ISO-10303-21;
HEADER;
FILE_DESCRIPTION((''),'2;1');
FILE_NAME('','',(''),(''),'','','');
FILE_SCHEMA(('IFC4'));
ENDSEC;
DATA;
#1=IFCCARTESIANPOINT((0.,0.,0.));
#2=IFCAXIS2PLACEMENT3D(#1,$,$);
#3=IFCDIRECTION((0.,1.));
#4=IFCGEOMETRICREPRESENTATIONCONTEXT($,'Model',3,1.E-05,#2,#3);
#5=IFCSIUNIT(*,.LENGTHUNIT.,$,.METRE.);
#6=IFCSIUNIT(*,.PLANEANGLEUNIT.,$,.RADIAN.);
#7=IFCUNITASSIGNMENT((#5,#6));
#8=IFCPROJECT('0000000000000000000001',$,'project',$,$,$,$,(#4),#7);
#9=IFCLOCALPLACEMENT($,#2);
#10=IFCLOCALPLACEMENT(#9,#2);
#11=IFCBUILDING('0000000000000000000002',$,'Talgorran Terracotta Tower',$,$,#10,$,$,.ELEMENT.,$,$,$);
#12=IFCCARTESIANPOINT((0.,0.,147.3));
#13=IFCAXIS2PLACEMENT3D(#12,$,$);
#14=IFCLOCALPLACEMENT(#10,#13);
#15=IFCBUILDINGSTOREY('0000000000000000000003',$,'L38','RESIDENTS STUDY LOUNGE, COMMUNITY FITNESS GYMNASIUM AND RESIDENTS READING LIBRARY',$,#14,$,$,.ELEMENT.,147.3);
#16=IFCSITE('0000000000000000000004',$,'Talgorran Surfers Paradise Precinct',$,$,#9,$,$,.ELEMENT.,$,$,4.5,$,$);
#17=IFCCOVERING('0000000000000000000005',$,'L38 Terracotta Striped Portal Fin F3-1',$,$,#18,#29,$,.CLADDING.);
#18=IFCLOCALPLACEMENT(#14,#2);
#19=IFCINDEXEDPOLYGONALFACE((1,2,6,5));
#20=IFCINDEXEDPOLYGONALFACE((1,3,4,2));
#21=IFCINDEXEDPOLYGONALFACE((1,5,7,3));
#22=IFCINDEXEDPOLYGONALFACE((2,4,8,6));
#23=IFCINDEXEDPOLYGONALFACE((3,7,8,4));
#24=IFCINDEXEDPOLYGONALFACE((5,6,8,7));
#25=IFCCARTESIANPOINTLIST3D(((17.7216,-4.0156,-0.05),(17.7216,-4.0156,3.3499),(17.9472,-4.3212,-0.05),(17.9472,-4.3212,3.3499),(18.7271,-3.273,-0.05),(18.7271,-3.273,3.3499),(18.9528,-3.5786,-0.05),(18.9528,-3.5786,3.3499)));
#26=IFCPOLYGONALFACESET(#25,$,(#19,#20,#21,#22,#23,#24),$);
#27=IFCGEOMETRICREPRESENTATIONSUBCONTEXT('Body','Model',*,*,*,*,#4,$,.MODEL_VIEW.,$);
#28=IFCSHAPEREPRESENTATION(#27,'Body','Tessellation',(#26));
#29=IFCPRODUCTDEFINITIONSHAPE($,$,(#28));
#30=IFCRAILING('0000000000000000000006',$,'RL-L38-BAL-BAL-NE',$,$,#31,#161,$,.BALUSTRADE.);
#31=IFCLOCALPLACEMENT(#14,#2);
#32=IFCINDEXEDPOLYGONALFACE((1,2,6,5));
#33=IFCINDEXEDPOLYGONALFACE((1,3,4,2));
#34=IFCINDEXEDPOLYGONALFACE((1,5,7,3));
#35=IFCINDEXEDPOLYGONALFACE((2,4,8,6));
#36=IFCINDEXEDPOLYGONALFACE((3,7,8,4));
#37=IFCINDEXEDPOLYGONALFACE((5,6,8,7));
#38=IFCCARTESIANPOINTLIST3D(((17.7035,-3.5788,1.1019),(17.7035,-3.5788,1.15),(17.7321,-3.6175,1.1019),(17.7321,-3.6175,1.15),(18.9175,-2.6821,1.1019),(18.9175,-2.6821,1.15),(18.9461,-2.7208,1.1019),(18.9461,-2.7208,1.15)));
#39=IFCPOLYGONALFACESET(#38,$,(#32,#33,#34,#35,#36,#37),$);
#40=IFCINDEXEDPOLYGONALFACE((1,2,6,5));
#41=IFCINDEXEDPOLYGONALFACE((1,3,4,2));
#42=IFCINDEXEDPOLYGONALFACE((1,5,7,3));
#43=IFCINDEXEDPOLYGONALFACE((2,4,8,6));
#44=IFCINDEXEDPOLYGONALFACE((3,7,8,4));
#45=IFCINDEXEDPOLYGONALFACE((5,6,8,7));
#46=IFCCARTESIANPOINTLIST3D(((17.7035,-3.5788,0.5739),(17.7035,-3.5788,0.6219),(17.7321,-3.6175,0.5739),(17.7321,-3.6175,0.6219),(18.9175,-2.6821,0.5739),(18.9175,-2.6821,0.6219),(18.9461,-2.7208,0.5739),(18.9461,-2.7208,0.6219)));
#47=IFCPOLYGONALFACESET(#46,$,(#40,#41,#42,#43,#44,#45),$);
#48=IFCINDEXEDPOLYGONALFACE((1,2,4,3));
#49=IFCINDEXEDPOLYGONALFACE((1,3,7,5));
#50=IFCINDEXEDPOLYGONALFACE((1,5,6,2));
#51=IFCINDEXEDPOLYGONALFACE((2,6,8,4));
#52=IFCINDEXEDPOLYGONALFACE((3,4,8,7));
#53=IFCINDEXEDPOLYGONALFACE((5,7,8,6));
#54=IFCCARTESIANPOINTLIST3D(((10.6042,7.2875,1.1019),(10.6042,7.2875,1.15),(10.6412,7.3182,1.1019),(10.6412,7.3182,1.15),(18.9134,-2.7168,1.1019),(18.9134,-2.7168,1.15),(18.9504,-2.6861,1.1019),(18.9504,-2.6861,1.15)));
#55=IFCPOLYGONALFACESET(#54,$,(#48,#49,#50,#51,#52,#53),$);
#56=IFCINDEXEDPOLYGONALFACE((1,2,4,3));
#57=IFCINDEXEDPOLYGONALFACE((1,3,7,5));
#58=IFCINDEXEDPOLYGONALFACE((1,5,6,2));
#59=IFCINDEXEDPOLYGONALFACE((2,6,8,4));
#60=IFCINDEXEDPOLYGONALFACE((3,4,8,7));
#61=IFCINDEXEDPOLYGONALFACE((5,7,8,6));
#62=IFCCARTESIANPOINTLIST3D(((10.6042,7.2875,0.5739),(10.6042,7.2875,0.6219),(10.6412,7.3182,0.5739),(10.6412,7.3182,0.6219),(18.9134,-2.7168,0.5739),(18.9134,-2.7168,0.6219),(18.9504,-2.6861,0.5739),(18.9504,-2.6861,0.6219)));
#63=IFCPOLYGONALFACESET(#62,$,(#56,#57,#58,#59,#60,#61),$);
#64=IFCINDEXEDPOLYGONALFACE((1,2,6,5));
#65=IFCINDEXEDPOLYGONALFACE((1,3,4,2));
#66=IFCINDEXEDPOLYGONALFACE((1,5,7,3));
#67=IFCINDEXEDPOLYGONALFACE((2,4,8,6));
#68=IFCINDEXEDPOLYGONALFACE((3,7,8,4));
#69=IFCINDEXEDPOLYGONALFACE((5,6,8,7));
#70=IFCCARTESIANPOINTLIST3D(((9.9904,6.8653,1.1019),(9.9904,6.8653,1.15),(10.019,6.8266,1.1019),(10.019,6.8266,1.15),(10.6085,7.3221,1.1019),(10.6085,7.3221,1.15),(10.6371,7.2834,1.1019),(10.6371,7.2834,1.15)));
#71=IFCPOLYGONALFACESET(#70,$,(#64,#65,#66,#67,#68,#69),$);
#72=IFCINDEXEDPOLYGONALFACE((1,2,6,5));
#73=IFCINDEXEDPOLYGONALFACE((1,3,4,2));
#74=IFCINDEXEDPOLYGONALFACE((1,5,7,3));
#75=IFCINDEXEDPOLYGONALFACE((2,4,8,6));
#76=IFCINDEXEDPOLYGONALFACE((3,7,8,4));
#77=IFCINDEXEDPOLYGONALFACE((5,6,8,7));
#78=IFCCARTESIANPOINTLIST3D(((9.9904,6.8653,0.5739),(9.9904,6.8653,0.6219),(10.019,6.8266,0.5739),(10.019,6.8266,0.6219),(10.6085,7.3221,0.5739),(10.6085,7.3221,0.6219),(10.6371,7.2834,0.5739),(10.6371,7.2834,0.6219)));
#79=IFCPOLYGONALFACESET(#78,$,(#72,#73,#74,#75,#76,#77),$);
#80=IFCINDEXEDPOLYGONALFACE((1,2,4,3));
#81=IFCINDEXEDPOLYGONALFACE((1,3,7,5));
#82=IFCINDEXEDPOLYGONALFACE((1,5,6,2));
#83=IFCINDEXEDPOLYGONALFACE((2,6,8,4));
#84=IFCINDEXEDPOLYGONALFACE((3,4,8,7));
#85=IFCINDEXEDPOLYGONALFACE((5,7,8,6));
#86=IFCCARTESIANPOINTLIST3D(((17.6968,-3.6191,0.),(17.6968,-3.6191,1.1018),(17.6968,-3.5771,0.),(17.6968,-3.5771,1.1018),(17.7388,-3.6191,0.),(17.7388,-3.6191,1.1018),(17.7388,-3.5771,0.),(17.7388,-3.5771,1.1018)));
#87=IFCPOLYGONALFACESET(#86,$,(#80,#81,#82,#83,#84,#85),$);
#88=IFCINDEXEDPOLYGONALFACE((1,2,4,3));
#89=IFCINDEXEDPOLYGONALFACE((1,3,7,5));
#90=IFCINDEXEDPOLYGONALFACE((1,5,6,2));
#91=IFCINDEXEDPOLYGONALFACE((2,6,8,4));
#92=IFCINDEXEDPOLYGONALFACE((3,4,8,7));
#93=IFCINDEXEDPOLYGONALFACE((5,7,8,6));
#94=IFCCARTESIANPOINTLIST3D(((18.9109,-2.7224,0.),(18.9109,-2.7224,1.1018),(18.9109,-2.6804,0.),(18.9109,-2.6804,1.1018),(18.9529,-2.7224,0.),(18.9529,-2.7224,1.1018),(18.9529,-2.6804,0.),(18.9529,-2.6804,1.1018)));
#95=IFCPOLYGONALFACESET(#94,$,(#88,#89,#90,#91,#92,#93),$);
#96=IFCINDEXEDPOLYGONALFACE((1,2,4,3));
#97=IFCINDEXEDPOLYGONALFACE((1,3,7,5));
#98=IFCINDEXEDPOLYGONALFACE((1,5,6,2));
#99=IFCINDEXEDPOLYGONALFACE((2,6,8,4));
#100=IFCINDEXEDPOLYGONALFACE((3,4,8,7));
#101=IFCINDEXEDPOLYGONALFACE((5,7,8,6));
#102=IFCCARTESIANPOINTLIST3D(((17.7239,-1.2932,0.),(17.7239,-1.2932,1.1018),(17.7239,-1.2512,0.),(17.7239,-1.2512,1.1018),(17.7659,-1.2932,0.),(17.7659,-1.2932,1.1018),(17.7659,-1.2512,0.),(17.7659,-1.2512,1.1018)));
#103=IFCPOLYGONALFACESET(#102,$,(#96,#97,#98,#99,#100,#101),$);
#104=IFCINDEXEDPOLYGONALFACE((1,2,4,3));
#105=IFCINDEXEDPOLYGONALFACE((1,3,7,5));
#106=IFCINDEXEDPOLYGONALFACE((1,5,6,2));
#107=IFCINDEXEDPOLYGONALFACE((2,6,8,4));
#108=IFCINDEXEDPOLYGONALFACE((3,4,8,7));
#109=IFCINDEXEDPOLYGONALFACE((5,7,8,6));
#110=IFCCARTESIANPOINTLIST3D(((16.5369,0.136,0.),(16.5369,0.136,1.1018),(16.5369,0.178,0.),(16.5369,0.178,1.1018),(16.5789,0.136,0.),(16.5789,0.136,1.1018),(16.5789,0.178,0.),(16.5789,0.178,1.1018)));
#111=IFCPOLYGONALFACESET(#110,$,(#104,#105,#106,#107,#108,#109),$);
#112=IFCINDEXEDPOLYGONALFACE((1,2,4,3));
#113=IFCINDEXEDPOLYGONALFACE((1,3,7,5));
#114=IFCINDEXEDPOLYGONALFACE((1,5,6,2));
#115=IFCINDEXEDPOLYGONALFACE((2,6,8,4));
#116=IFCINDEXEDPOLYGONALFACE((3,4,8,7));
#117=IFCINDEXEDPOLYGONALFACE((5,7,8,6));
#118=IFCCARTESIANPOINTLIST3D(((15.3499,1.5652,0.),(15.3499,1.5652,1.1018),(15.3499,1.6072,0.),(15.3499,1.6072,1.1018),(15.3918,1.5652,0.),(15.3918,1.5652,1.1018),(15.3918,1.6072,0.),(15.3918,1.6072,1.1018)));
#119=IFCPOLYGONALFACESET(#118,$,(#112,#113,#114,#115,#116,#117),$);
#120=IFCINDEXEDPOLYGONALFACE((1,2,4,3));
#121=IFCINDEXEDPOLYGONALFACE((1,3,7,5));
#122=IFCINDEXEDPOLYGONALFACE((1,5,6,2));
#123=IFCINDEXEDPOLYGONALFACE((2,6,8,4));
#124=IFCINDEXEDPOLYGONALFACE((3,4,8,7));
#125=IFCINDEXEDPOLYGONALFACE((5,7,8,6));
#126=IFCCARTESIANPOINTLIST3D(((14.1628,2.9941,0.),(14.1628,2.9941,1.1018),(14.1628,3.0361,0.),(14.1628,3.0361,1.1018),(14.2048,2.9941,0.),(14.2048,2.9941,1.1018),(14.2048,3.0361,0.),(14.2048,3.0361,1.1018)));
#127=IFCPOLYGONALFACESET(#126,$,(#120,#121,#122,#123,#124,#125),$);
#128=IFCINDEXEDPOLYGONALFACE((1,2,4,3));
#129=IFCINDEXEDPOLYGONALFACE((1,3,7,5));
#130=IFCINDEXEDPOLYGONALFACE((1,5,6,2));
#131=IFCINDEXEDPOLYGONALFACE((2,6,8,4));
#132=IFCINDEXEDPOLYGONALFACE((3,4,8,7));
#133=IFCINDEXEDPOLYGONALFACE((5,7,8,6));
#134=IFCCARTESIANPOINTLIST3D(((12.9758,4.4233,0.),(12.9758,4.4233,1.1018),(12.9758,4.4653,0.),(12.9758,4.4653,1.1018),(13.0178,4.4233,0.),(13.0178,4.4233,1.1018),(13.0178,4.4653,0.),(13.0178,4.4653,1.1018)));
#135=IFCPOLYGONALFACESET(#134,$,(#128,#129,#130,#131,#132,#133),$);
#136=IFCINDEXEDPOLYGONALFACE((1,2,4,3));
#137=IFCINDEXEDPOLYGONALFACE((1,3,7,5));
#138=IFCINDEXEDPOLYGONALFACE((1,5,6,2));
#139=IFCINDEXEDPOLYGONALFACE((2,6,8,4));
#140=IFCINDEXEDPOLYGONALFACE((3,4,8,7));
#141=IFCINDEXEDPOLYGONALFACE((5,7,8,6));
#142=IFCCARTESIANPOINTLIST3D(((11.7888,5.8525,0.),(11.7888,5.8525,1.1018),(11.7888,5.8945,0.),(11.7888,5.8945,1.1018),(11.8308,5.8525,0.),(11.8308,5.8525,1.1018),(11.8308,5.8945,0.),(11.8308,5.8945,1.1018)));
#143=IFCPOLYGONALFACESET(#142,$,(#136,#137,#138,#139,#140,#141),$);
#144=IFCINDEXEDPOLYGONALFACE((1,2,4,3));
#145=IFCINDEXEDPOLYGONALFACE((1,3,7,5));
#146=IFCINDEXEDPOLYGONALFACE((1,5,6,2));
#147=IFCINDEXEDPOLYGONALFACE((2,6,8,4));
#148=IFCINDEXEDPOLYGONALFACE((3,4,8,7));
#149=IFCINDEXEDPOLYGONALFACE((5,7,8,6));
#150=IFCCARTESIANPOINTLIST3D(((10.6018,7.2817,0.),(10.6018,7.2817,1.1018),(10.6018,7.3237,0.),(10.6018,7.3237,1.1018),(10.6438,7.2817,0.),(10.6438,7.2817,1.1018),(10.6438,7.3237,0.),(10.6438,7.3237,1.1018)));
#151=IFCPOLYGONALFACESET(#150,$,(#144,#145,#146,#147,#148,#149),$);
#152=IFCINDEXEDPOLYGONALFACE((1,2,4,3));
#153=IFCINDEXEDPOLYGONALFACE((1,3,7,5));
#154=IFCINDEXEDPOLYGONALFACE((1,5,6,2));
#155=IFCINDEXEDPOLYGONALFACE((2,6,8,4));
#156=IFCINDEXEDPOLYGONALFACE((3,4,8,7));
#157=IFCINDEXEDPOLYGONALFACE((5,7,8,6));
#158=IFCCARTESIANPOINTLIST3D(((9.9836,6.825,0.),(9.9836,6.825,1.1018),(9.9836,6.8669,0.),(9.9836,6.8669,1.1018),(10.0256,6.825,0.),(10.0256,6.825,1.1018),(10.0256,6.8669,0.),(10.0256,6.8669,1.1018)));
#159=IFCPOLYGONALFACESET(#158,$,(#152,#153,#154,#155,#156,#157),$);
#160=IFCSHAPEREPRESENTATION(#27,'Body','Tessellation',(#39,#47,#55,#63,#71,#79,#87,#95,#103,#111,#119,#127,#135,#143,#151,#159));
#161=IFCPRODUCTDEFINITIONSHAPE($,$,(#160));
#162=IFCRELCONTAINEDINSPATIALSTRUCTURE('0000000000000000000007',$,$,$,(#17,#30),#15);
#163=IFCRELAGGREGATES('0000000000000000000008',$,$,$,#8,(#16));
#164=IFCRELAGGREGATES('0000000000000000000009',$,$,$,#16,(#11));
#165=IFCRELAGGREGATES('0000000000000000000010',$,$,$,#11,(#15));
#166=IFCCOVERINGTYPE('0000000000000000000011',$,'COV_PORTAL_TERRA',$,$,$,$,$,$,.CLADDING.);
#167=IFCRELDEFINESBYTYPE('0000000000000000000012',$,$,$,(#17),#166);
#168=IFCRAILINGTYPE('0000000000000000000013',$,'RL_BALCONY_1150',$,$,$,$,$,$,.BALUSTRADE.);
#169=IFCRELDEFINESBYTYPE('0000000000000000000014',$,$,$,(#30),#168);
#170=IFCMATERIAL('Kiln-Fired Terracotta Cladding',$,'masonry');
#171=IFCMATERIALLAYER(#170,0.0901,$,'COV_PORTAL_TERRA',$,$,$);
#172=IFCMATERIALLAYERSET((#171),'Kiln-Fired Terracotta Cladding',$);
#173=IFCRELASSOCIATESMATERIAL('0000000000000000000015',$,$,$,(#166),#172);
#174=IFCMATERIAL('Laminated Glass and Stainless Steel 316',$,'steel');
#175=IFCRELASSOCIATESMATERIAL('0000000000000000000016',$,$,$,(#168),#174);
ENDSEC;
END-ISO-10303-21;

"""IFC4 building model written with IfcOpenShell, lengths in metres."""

from ifc_helpers import new_model, si_unit, direction, frame, origin, origin_2d, place, context, subcontext, project, spatial, rectangle, extrude, material, layer, layer_set, type_object, element, save


model = new_model("IFC4")

# Units and contexts
model_context = context("Model", 3, precision=1e-05, world=origin(), true_north=direction((0.0, 1.0)))
body_context = subcontext(model_context, "Body", "Model", "MODEL_VIEW")
ifc_project = project(units=[si_unit("LENGTHUNIT", "METRE"), si_unit("PLANEANGLEUNIT", "RADIAN")], contexts=[model_context])

# Site, building, storey
site_placement = place(None, origin())
site = spatial("IfcSite", under=ifc_project, at=site_placement, Name="Talgorran Surfers Paradise Precinct", CompositionType="ELEMENT", RefElevation=4.5)
building_placement = place(site_placement, origin())
building = spatial("IfcBuilding", under=site, at=building_placement, Name="Talgorran Terracotta Tower", CompositionType="ELEMENT")
storey_placement = place(building_placement, frame((0.0, 0.0, 147.3)))
storey = spatial("IfcBuildingStorey", under=building, at=storey_placement, Name="L38", Description="RESIDENTS STUDY LOUNGE, COMMUNITY FITNESS GYMNASIUM AND RESIDENTS READING LIBRARY", CompositionType="ELEMENT", Elevation=147.3)

# Covering
ifc_material_1 = material(Name="Kiln-Fired Terracotta Cladding", Category="masonry")
ifc_layer_1 = layer(ifc_material_1, 0.0901, Name="COV_PORTAL_TERRA")
ifc_layer_set_1 = layer_set([ifc_layer_1], Name="Kiln-Fired Terracotta Cladding")
covering_type_1 = type_object("IfcCoveringType", Name="COV_PORTAL_TERRA", PredefinedType="CLADDING", material=ifc_layer_set_1)
covering_1_placement = place(storey_placement, frame((18.3372, -3.7971, -0.05), z_axis=(0.0, 0.0, 1.0), x_axis=(-0.594079, 0.804407, 0.0)))
element("IfcCovering", 1, at=covering_1_placement, inside=storey, type_object=covering_type_1, Name="L38 Terracotta Striped Portal Fin F3-1", PredefinedType="CLADDING", context=body_context, shape_type="SweptSolid", body=[
    extrude(rectangle(XDim=0.3799, YDim=1.25, at=origin_2d()), origin(), (0.0, 0.0, 1.0), 3.3999),
])

# Railing
ifc_material_2 = material(Name="Laminated Glass and Stainless Steel 316", Category="steel")
railing_type = type_object("IfcRailingType", Name="RL_BALCONY_1150", PredefinedType="BALUSTRADE", material=ifc_material_2)
railing_placement = place(storey_placement, frame((17.7178, -3.5981, 0.0)))
element("IfcRailing", 2, at=railing_placement, inside=storey, type_object=railing_type, Name="RL-L38-BAL-BAL-NE", PredefinedType="BALUSTRADE", context=body_context, shape_type="SweptSolid", body=[
    extrude(rectangle(XDim=0.0481, YDim=0.0481, at=origin_2d()), frame((0.0, 0.0, 1.126), z_axis=(0.804385, 0.594109, 0.0), x_axis=(-0.594109, 0.804385, 0.0)), (0.0, 0.0, 1.0), 1.5093),
    extrude(rectangle(XDim=0.0481, YDim=0.0481, at=origin_2d()), frame((0.0, 0.0, 0.5979), z_axis=(0.804385, 0.594109, 0.0), x_axis=(-0.594109, 0.804385, 0.0)), (0.0, 0.0, 1.0), 1.5093),
    extrude(rectangle(XDim=0.0481, YDim=0.0481, at=origin_2d()), frame((1.2141, 0.8967, 1.126), z_axis=(-0.638926, 0.769268, 0.0), x_axis=(-0.769268, -0.638926, 0.0)), (0.0, 0.0, 1.0), 13.0049),
    extrude(rectangle(XDim=0.0481, YDim=0.0481, at=origin_2d()), frame((1.2141, 0.8967, 0.5979), z_axis=(-0.638926, 0.769268, 0.0), x_axis=(-0.769268, -0.638926, 0.0)), (0.0, 0.0, 1.0), 13.0049),
    extrude(rectangle(XDim=0.0481, YDim=0.0481, at=origin_2d()), frame((-7.095, 10.9009, 1.126), z_axis=(-0.804249, -0.594293, 0.0), x_axis=(0.594293, -0.804249, 0.0)), (0.0, 0.0, 1.0), 0.7686),
    extrude(rectangle(XDim=0.0481, YDim=0.0481, at=origin_2d()), frame((-7.095, 10.9009, 0.5979), z_axis=(-0.804249, -0.594293, 0.0), x_axis=(0.594293, -0.804249, 0.0)), (0.0, 0.0, 1.0), 0.7686),
    extrude(rectangle(XDim=0.042, YDim=0.042, at=origin_2d()), origin(), (0.0, 0.0, 1.0), 1.1018),
    extrude(rectangle(XDim=0.042, YDim=0.042, at=origin_2d()), frame((1.2141, 0.8967, 0.0)), (0.0, 0.0, 1.0), 1.1018),
    extrude(rectangle(XDim=0.042, YDim=0.042, at=origin_2d()), frame((0.0271, 2.3259, 0.0)), (0.0, 0.0, 1.0), 1.1018),
    extrude(rectangle(XDim=0.042, YDim=0.042, at=origin_2d()), frame((-1.1599, 3.7551, 0.0)), (0.0, 0.0, 1.0), 1.1018),
    extrude(rectangle(XDim=0.042, YDim=0.042, at=origin_2d()), frame((-2.3469, 5.1843, 0.0)), (0.0, 0.0, 1.0), 1.1018),
    extrude(rectangle(XDim=0.042, YDim=0.042, at=origin_2d()), frame((-3.5339, 6.6133, 0.0)), (0.0, 0.0, 1.0), 1.1018),
    extrude(rectangle(XDim=0.042, YDim=0.042, at=origin_2d()), frame((-4.7209, 8.0425, 0.0)), (0.0, 0.0, 1.0), 1.1018),
    extrude(rectangle(XDim=0.042, YDim=0.042, at=origin_2d()), frame((-5.908, 9.4717, 0.0)), (0.0, 0.0, 1.0), 1.1018),
    extrude(rectangle(XDim=0.042, YDim=0.042, at=origin_2d()), frame((-7.095, 10.9009, 0.0)), (0.0, 0.0, 1.0), 1.1018),
    extrude(rectangle(XDim=0.042, YDim=0.042, at=origin_2d()), frame((-7.7131, 10.4441, 0.0)), (0.0, 0.0, 1.0), 1.1018),
])

save(model, "model.ifc")
